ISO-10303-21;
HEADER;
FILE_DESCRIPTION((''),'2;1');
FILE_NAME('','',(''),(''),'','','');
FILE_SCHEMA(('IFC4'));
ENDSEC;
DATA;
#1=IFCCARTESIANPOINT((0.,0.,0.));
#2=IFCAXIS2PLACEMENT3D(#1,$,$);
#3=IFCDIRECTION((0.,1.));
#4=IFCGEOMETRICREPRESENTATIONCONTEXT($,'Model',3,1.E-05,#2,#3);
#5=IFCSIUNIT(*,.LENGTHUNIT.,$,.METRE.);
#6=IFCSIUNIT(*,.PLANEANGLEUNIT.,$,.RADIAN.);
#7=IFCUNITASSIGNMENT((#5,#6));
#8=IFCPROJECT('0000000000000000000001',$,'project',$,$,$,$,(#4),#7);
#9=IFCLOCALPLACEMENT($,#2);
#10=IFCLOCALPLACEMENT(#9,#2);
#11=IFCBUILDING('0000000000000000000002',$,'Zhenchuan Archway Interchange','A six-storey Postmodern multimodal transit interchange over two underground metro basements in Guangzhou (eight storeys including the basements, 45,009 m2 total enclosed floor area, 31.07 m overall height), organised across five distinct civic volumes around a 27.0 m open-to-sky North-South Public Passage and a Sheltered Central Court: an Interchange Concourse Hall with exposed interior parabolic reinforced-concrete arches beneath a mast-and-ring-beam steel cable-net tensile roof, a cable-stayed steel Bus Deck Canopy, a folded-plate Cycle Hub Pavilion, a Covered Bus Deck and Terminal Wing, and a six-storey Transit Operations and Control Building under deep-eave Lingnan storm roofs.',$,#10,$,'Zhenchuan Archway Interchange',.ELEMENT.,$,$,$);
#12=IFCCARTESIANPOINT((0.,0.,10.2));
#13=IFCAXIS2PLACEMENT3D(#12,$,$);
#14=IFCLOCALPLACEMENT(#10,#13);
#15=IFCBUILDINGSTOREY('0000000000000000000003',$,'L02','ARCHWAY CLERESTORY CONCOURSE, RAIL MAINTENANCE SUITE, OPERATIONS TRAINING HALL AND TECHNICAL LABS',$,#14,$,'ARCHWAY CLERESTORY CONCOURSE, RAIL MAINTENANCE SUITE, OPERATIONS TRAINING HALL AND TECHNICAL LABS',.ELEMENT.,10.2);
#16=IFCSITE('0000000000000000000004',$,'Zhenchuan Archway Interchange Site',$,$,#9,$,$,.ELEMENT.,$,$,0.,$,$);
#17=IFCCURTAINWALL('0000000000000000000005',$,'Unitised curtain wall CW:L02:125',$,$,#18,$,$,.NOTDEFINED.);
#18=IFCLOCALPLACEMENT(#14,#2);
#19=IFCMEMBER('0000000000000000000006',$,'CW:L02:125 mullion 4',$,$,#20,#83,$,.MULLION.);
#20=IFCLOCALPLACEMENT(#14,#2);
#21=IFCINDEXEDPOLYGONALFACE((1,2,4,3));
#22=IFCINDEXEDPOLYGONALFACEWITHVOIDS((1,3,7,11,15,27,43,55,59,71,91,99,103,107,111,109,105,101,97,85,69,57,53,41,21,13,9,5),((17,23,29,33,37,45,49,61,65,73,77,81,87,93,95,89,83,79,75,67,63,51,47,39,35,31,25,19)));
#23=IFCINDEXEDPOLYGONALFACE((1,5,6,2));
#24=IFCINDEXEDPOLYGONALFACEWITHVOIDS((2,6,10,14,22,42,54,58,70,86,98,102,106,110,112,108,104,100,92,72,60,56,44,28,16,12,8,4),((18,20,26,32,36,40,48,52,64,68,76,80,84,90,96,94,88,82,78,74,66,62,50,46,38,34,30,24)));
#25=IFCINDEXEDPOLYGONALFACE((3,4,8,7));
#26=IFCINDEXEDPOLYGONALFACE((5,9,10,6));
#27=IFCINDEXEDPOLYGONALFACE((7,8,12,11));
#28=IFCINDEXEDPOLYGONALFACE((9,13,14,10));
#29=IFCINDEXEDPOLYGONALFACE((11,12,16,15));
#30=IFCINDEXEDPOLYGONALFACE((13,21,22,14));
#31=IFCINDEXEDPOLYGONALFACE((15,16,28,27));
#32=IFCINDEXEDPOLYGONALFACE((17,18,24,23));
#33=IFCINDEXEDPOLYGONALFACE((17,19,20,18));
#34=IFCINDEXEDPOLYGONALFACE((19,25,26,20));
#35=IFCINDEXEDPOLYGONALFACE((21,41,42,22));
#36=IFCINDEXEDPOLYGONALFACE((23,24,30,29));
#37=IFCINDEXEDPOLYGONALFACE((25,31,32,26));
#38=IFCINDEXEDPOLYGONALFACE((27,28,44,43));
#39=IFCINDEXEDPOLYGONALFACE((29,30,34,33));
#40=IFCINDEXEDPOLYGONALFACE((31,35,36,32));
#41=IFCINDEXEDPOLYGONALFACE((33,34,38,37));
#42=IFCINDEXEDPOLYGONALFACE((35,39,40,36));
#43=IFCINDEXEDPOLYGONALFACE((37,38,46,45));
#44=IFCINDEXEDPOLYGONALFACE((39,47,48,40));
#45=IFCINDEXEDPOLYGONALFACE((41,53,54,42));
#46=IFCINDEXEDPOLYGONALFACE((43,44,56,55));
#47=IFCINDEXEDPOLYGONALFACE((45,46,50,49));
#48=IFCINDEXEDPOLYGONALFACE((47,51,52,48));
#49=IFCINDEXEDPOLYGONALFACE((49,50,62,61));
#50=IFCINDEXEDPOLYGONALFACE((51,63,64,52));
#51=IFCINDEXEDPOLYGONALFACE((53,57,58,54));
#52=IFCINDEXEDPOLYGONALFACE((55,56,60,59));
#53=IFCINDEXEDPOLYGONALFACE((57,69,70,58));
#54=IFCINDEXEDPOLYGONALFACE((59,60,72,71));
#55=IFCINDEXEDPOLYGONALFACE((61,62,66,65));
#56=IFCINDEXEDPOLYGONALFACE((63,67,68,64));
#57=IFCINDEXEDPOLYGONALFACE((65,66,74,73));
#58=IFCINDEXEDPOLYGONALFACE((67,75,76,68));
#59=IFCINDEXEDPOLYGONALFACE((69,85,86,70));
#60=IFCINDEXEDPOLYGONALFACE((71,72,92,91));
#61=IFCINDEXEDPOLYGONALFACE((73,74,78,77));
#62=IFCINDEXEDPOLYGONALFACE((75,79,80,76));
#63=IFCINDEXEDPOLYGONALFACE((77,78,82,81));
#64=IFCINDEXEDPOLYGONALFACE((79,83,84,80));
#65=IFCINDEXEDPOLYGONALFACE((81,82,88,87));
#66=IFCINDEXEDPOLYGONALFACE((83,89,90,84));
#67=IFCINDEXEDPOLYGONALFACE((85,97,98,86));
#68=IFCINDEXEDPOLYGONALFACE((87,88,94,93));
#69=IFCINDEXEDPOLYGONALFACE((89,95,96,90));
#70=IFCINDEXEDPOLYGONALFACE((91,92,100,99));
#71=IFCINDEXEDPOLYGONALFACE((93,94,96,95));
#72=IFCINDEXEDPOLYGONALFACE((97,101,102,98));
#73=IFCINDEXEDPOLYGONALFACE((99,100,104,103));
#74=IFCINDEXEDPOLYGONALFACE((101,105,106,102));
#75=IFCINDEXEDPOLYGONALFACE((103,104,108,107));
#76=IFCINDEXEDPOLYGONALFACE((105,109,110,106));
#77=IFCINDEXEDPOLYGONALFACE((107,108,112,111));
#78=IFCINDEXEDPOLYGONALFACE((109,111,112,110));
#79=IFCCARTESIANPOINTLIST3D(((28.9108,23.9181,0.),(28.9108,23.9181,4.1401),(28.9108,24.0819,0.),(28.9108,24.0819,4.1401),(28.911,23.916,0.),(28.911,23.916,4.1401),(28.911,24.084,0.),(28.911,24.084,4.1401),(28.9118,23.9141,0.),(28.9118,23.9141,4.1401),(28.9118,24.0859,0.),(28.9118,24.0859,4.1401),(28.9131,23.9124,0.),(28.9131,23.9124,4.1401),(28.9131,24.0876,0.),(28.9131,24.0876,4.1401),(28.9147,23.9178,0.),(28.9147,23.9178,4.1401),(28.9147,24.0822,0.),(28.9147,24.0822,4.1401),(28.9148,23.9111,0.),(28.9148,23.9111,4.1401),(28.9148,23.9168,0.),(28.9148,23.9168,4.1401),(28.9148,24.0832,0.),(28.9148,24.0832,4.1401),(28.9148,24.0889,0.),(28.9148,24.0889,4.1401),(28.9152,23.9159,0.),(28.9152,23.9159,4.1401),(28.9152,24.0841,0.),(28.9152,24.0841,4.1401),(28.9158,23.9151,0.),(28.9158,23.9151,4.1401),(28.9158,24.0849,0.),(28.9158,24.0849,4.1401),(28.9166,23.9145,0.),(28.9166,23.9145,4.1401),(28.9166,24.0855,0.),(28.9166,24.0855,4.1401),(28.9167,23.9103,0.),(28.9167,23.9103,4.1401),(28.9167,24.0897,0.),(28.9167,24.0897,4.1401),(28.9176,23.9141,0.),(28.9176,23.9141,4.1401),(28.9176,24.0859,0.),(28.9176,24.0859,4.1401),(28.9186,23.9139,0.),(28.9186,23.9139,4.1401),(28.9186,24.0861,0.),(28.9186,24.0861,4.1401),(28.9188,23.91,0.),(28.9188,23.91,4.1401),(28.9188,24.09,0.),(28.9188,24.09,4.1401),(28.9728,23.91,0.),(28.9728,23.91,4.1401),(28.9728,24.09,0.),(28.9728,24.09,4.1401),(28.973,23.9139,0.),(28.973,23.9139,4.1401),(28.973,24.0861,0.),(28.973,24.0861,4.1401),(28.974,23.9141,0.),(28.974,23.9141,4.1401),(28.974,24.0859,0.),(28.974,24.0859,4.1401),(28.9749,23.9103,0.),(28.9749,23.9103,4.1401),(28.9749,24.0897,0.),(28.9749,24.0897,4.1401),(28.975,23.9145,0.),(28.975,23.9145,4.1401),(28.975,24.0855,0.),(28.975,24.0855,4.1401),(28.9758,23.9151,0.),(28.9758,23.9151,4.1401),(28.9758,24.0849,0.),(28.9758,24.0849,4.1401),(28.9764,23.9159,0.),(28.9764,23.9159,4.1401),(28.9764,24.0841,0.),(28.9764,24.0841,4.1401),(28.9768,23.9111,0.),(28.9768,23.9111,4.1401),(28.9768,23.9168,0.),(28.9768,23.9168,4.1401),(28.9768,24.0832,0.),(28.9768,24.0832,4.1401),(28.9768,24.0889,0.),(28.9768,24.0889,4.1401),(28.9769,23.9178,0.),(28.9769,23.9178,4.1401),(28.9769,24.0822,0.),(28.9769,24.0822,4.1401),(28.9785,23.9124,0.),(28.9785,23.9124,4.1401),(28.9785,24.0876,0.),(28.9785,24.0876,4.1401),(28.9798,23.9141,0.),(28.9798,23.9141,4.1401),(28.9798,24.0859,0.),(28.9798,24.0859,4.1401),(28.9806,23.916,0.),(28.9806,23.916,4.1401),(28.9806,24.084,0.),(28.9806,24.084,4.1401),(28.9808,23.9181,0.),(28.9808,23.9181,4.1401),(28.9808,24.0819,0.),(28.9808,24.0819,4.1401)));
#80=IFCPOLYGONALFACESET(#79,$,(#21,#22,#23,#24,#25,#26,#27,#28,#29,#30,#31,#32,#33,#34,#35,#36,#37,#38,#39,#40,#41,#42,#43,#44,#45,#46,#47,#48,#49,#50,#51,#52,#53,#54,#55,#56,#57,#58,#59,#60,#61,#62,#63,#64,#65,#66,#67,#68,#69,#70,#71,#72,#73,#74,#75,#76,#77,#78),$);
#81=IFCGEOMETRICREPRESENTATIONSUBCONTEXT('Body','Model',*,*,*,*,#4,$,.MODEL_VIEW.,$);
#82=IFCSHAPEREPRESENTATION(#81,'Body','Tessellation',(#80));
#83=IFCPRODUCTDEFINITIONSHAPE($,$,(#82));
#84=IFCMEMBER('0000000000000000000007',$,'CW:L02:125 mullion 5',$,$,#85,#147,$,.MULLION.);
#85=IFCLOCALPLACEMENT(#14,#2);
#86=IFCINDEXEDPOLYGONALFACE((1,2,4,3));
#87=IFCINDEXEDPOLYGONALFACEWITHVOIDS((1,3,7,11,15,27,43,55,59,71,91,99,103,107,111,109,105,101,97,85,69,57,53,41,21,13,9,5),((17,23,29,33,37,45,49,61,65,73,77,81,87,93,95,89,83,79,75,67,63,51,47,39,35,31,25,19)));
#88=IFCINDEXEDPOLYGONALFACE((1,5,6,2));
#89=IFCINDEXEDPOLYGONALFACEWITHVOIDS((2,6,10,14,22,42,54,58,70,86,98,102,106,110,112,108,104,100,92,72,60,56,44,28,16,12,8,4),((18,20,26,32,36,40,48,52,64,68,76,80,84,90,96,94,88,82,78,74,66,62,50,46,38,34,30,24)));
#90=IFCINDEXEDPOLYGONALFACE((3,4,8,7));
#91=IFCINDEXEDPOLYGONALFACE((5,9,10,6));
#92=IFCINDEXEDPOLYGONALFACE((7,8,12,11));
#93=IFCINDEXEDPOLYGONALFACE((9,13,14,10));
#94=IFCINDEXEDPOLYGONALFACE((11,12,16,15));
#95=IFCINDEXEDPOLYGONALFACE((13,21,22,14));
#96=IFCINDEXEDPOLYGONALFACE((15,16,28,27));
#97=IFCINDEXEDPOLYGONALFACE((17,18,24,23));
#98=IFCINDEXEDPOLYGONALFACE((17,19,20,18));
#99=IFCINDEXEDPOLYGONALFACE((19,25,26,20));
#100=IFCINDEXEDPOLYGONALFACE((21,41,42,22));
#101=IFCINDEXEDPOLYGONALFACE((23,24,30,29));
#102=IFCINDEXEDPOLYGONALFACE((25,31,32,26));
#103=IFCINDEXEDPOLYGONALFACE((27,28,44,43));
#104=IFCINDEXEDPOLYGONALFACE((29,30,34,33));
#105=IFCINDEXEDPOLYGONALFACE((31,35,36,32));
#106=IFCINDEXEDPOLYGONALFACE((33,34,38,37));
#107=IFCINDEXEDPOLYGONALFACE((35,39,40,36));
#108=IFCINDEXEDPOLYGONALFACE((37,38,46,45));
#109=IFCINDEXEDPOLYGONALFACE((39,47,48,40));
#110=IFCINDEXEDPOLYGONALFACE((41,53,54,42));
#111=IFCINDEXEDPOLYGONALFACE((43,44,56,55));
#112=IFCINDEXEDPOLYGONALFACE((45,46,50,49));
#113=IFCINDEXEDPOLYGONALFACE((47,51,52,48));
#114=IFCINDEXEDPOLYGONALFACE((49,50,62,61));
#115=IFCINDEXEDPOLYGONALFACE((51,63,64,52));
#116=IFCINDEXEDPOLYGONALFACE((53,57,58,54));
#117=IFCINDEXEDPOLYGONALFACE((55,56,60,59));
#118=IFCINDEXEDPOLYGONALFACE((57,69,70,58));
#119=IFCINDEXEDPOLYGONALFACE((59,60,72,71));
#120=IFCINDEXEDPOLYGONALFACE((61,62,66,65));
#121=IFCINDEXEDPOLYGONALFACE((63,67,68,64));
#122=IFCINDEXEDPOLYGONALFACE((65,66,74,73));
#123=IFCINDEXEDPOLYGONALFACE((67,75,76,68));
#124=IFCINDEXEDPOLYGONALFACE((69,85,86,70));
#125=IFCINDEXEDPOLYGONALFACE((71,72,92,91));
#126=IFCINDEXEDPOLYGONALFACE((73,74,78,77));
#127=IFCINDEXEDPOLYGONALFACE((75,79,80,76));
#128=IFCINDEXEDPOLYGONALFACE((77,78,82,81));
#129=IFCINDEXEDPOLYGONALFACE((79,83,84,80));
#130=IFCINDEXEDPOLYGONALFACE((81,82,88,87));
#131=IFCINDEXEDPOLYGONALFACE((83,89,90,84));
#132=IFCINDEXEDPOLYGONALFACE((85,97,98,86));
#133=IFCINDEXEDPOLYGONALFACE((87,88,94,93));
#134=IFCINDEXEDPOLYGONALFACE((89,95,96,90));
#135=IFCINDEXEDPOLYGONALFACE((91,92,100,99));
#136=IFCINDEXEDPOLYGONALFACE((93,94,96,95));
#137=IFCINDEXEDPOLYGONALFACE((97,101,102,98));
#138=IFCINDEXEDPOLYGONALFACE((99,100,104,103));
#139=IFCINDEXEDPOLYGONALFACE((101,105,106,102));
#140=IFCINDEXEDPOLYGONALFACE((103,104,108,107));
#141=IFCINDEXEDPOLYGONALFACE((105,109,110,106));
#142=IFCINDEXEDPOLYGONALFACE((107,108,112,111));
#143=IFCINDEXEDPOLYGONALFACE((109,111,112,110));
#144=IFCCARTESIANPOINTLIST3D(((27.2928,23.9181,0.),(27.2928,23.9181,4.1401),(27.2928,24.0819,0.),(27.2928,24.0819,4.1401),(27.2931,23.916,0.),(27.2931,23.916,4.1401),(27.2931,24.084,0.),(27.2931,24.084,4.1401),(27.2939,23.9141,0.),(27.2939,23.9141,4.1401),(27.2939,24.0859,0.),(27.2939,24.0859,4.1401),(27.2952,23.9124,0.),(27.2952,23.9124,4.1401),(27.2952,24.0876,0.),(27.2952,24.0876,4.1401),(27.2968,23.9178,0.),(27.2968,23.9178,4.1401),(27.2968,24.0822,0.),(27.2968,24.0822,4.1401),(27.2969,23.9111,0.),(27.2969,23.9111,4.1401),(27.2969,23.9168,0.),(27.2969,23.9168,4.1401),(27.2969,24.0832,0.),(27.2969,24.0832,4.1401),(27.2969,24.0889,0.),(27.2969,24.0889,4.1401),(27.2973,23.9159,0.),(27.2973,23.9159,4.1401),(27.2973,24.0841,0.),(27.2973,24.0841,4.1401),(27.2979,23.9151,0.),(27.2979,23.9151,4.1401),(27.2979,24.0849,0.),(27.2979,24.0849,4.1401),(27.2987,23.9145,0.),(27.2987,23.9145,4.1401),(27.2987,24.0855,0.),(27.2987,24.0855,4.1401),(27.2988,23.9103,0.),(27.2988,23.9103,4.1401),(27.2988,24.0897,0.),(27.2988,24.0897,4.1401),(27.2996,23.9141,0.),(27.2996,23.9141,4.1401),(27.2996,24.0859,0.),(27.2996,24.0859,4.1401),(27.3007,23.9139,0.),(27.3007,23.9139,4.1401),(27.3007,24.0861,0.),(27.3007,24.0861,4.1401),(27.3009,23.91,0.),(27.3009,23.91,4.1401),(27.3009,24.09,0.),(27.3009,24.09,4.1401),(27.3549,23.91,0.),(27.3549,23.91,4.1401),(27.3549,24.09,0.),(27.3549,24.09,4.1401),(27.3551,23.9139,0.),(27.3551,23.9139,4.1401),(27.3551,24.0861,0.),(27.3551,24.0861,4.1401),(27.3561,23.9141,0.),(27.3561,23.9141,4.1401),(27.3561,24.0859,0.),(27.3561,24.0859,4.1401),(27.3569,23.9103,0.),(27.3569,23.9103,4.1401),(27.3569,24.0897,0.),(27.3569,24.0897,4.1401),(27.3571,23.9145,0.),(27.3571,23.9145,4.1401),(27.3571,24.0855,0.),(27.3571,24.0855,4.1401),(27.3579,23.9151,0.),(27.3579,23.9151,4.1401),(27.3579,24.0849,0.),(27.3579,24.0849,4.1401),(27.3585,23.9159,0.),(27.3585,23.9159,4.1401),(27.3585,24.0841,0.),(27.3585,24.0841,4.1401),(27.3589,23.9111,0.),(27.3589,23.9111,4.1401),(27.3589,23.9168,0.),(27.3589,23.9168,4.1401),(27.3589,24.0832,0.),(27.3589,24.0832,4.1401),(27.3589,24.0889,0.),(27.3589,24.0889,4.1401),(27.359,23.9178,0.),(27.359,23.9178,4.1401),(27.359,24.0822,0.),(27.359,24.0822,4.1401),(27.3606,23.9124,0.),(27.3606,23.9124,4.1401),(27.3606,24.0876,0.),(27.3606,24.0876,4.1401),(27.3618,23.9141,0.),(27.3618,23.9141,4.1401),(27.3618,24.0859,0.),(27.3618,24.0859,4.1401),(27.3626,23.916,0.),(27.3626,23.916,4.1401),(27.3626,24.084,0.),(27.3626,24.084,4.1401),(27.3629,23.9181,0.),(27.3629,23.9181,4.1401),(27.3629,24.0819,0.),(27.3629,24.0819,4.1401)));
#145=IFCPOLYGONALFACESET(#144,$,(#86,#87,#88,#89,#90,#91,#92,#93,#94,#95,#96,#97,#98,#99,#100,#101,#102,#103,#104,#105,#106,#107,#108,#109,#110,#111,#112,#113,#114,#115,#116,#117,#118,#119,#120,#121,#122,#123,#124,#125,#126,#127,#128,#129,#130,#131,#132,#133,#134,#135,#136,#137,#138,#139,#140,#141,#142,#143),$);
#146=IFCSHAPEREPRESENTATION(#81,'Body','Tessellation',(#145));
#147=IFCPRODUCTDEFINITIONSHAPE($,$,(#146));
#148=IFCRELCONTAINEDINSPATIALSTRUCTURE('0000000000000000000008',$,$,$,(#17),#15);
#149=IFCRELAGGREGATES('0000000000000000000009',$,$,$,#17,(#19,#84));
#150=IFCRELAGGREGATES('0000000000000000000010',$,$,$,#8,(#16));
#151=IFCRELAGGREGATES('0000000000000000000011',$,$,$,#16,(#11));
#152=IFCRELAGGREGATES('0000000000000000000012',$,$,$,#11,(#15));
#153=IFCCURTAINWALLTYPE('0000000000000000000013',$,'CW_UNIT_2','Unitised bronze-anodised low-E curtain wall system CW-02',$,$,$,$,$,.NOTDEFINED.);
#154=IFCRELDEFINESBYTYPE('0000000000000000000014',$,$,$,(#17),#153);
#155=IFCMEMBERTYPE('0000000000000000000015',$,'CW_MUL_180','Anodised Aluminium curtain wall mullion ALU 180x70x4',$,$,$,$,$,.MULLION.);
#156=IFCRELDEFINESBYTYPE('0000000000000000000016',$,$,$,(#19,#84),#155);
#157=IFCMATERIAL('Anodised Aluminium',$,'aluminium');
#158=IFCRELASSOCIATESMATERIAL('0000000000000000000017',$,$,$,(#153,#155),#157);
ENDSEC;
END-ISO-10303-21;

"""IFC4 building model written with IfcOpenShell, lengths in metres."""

from ifc_helpers import new_model, si_unit, direction, frame, origin, origin_2d, place, context, subcontext, project, spatial, hollow_rectangle, extrude, material, material_profile, profile_set, type_object, element, aggregate, save


model = new_model("IFC4")

# Units and contexts
model_context = context("Model", 3, precision=1e-05, world=origin(), true_north=direction((0.0, 1.0)))
body_context = subcontext(model_context, "Body", "Model", "MODEL_VIEW")
ifc_project = project(units=[si_unit("LENGTHUNIT", "METRE"), si_unit("PLANEANGLEUNIT", "RADIAN")], contexts=[model_context])

# Site, building, storey
site_placement = place(None, origin())
site = spatial("IfcSite", under=ifc_project, at=site_placement, Name="Zhenchuan Archway Interchange Site", CompositionType="ELEMENT", RefElevation=0.0)
building_placement = place(site_placement, origin())
building = spatial("IfcBuilding", under=site, at=building_placement, Name="Zhenchuan Archway Interchange", Description="A six-storey Postmodern multimodal transit interchange over two underground metro basements in Guangzhou (eight storeys including the basements, 45,009 m2 total enclosed floor area, 31.07 m overall height), organised across five distinct civic volumes around a 27.0 m open-to-sky North-South Public Passage and a Sheltered Central Court: an Interchange Concourse Hall with exposed interior parabolic reinforced-concrete arches beneath a mast-and-ring-beam steel cable-net tensile roof, a cable-stayed steel Bus Deck Canopy, a folded-plate Cycle Hub Pavilion, a Covered Bus Deck and Terminal Wing, and a six-storey Transit Operations and Control Building under deep-eave Lingnan storm roofs.", LongName="Zhenchuan Archway Interchange", CompositionType="ELEMENT")
storey_placement = place(building_placement, frame((0.0, 0.0, 10.2)))
storey = spatial("IfcBuildingStorey", under=building, at=storey_placement, Name="L02", Description="ARCHWAY CLERESTORY CONCOURSE, RAIL MAINTENANCE SUITE, OPERATIONS TRAINING HALL AND TECHNICAL LABS", LongName="ARCHWAY CLERESTORY CONCOURSE, RAIL MAINTENANCE SUITE, OPERATIONS TRAINING HALL AND TECHNICAL LABS", CompositionType="ELEMENT", Elevation=10.2)

# Curtain wall, members
ifc_material_1 = material(Name="Anodised Aluminium", Category="aluminium")
curtain_wall_type = type_object("IfcCurtainWallType", Name="CW_UNIT_2", Description="Unitised bronze-anodised low-E curtain wall system CW-02", PredefinedType="NOTDEFINED", material=ifc_material_1)
curtain_wall_placement = place(storey_placement, origin())
curtain_wall = element("IfcCurtainWall", 1, at=curtain_wall_placement, inside=storey, type_object=curtain_wall_type, Name="Unitised curtain wall CW:L02:125", PredefinedType="NOTDEFINED")
ifc_material_profile_1 = material_profile(ifc_material_1, hollow_rectangle(XDim=0.0701, YDim=0.1799, WallThickness=0.0039, InnerFilletRadius=0.0039, OuterFilletRadius=0.0081, at=origin_2d()), Name="ALU 180x70x4")
ifc_profile_set_1 = profile_set([ifc_material_profile_1], Name="Anodised Aluminium")
member_type_1 = type_object("IfcMemberType", Name="CW_MUL_180", Description="Anodised Aluminium curtain wall mullion ALU 180x70x4", PredefinedType="MULLION", material=ifc_profile_set_1)
member_1_placement = place(storey_placement, frame((28.9458, 24.0, 0.0), z_axis=(0.0, 0.0, 1.0), x_axis=(1.0, 0.0, 0.0)))
member_1 = element("IfcMember", 2, at=member_1_placement, type_object=member_type_1, Name="CW:L02:125 mullion 4", PredefinedType="MULLION", context=body_context, shape_type="SweptSolid", body=[
    extrude(hollow_rectangle(XDim=0.0701, YDim=0.1799, WallThickness=0.0039, InnerFilletRadius=0.0039, OuterFilletRadius=0.0081, at=origin_2d()), origin(), (0.0, 0.0, 1.0), 4.1401),
])
member_2_placement = place(storey_placement, frame((27.3279, 24.0, 0.0), z_axis=(0.0, 0.0, 1.0), x_axis=(1.0, 0.0, 0.0)))
member_2 = element("IfcMember", 3, at=member_2_placement, type_object=member_type_1, Name="CW:L02:125 mullion 5", PredefinedType="MULLION", context=body_context, shape_type="SweptSolid", body=[
    extrude(hollow_rectangle(XDim=0.0701, YDim=0.1799, WallThickness=0.0039, InnerFilletRadius=0.0039, OuterFilletRadius=0.0081, at=origin_2d()), origin(), (0.0, 0.0, 1.0), 4.1401),
])

aggregate(curtain_wall, [member_1, member_2])

save(model, "model.ifc")
